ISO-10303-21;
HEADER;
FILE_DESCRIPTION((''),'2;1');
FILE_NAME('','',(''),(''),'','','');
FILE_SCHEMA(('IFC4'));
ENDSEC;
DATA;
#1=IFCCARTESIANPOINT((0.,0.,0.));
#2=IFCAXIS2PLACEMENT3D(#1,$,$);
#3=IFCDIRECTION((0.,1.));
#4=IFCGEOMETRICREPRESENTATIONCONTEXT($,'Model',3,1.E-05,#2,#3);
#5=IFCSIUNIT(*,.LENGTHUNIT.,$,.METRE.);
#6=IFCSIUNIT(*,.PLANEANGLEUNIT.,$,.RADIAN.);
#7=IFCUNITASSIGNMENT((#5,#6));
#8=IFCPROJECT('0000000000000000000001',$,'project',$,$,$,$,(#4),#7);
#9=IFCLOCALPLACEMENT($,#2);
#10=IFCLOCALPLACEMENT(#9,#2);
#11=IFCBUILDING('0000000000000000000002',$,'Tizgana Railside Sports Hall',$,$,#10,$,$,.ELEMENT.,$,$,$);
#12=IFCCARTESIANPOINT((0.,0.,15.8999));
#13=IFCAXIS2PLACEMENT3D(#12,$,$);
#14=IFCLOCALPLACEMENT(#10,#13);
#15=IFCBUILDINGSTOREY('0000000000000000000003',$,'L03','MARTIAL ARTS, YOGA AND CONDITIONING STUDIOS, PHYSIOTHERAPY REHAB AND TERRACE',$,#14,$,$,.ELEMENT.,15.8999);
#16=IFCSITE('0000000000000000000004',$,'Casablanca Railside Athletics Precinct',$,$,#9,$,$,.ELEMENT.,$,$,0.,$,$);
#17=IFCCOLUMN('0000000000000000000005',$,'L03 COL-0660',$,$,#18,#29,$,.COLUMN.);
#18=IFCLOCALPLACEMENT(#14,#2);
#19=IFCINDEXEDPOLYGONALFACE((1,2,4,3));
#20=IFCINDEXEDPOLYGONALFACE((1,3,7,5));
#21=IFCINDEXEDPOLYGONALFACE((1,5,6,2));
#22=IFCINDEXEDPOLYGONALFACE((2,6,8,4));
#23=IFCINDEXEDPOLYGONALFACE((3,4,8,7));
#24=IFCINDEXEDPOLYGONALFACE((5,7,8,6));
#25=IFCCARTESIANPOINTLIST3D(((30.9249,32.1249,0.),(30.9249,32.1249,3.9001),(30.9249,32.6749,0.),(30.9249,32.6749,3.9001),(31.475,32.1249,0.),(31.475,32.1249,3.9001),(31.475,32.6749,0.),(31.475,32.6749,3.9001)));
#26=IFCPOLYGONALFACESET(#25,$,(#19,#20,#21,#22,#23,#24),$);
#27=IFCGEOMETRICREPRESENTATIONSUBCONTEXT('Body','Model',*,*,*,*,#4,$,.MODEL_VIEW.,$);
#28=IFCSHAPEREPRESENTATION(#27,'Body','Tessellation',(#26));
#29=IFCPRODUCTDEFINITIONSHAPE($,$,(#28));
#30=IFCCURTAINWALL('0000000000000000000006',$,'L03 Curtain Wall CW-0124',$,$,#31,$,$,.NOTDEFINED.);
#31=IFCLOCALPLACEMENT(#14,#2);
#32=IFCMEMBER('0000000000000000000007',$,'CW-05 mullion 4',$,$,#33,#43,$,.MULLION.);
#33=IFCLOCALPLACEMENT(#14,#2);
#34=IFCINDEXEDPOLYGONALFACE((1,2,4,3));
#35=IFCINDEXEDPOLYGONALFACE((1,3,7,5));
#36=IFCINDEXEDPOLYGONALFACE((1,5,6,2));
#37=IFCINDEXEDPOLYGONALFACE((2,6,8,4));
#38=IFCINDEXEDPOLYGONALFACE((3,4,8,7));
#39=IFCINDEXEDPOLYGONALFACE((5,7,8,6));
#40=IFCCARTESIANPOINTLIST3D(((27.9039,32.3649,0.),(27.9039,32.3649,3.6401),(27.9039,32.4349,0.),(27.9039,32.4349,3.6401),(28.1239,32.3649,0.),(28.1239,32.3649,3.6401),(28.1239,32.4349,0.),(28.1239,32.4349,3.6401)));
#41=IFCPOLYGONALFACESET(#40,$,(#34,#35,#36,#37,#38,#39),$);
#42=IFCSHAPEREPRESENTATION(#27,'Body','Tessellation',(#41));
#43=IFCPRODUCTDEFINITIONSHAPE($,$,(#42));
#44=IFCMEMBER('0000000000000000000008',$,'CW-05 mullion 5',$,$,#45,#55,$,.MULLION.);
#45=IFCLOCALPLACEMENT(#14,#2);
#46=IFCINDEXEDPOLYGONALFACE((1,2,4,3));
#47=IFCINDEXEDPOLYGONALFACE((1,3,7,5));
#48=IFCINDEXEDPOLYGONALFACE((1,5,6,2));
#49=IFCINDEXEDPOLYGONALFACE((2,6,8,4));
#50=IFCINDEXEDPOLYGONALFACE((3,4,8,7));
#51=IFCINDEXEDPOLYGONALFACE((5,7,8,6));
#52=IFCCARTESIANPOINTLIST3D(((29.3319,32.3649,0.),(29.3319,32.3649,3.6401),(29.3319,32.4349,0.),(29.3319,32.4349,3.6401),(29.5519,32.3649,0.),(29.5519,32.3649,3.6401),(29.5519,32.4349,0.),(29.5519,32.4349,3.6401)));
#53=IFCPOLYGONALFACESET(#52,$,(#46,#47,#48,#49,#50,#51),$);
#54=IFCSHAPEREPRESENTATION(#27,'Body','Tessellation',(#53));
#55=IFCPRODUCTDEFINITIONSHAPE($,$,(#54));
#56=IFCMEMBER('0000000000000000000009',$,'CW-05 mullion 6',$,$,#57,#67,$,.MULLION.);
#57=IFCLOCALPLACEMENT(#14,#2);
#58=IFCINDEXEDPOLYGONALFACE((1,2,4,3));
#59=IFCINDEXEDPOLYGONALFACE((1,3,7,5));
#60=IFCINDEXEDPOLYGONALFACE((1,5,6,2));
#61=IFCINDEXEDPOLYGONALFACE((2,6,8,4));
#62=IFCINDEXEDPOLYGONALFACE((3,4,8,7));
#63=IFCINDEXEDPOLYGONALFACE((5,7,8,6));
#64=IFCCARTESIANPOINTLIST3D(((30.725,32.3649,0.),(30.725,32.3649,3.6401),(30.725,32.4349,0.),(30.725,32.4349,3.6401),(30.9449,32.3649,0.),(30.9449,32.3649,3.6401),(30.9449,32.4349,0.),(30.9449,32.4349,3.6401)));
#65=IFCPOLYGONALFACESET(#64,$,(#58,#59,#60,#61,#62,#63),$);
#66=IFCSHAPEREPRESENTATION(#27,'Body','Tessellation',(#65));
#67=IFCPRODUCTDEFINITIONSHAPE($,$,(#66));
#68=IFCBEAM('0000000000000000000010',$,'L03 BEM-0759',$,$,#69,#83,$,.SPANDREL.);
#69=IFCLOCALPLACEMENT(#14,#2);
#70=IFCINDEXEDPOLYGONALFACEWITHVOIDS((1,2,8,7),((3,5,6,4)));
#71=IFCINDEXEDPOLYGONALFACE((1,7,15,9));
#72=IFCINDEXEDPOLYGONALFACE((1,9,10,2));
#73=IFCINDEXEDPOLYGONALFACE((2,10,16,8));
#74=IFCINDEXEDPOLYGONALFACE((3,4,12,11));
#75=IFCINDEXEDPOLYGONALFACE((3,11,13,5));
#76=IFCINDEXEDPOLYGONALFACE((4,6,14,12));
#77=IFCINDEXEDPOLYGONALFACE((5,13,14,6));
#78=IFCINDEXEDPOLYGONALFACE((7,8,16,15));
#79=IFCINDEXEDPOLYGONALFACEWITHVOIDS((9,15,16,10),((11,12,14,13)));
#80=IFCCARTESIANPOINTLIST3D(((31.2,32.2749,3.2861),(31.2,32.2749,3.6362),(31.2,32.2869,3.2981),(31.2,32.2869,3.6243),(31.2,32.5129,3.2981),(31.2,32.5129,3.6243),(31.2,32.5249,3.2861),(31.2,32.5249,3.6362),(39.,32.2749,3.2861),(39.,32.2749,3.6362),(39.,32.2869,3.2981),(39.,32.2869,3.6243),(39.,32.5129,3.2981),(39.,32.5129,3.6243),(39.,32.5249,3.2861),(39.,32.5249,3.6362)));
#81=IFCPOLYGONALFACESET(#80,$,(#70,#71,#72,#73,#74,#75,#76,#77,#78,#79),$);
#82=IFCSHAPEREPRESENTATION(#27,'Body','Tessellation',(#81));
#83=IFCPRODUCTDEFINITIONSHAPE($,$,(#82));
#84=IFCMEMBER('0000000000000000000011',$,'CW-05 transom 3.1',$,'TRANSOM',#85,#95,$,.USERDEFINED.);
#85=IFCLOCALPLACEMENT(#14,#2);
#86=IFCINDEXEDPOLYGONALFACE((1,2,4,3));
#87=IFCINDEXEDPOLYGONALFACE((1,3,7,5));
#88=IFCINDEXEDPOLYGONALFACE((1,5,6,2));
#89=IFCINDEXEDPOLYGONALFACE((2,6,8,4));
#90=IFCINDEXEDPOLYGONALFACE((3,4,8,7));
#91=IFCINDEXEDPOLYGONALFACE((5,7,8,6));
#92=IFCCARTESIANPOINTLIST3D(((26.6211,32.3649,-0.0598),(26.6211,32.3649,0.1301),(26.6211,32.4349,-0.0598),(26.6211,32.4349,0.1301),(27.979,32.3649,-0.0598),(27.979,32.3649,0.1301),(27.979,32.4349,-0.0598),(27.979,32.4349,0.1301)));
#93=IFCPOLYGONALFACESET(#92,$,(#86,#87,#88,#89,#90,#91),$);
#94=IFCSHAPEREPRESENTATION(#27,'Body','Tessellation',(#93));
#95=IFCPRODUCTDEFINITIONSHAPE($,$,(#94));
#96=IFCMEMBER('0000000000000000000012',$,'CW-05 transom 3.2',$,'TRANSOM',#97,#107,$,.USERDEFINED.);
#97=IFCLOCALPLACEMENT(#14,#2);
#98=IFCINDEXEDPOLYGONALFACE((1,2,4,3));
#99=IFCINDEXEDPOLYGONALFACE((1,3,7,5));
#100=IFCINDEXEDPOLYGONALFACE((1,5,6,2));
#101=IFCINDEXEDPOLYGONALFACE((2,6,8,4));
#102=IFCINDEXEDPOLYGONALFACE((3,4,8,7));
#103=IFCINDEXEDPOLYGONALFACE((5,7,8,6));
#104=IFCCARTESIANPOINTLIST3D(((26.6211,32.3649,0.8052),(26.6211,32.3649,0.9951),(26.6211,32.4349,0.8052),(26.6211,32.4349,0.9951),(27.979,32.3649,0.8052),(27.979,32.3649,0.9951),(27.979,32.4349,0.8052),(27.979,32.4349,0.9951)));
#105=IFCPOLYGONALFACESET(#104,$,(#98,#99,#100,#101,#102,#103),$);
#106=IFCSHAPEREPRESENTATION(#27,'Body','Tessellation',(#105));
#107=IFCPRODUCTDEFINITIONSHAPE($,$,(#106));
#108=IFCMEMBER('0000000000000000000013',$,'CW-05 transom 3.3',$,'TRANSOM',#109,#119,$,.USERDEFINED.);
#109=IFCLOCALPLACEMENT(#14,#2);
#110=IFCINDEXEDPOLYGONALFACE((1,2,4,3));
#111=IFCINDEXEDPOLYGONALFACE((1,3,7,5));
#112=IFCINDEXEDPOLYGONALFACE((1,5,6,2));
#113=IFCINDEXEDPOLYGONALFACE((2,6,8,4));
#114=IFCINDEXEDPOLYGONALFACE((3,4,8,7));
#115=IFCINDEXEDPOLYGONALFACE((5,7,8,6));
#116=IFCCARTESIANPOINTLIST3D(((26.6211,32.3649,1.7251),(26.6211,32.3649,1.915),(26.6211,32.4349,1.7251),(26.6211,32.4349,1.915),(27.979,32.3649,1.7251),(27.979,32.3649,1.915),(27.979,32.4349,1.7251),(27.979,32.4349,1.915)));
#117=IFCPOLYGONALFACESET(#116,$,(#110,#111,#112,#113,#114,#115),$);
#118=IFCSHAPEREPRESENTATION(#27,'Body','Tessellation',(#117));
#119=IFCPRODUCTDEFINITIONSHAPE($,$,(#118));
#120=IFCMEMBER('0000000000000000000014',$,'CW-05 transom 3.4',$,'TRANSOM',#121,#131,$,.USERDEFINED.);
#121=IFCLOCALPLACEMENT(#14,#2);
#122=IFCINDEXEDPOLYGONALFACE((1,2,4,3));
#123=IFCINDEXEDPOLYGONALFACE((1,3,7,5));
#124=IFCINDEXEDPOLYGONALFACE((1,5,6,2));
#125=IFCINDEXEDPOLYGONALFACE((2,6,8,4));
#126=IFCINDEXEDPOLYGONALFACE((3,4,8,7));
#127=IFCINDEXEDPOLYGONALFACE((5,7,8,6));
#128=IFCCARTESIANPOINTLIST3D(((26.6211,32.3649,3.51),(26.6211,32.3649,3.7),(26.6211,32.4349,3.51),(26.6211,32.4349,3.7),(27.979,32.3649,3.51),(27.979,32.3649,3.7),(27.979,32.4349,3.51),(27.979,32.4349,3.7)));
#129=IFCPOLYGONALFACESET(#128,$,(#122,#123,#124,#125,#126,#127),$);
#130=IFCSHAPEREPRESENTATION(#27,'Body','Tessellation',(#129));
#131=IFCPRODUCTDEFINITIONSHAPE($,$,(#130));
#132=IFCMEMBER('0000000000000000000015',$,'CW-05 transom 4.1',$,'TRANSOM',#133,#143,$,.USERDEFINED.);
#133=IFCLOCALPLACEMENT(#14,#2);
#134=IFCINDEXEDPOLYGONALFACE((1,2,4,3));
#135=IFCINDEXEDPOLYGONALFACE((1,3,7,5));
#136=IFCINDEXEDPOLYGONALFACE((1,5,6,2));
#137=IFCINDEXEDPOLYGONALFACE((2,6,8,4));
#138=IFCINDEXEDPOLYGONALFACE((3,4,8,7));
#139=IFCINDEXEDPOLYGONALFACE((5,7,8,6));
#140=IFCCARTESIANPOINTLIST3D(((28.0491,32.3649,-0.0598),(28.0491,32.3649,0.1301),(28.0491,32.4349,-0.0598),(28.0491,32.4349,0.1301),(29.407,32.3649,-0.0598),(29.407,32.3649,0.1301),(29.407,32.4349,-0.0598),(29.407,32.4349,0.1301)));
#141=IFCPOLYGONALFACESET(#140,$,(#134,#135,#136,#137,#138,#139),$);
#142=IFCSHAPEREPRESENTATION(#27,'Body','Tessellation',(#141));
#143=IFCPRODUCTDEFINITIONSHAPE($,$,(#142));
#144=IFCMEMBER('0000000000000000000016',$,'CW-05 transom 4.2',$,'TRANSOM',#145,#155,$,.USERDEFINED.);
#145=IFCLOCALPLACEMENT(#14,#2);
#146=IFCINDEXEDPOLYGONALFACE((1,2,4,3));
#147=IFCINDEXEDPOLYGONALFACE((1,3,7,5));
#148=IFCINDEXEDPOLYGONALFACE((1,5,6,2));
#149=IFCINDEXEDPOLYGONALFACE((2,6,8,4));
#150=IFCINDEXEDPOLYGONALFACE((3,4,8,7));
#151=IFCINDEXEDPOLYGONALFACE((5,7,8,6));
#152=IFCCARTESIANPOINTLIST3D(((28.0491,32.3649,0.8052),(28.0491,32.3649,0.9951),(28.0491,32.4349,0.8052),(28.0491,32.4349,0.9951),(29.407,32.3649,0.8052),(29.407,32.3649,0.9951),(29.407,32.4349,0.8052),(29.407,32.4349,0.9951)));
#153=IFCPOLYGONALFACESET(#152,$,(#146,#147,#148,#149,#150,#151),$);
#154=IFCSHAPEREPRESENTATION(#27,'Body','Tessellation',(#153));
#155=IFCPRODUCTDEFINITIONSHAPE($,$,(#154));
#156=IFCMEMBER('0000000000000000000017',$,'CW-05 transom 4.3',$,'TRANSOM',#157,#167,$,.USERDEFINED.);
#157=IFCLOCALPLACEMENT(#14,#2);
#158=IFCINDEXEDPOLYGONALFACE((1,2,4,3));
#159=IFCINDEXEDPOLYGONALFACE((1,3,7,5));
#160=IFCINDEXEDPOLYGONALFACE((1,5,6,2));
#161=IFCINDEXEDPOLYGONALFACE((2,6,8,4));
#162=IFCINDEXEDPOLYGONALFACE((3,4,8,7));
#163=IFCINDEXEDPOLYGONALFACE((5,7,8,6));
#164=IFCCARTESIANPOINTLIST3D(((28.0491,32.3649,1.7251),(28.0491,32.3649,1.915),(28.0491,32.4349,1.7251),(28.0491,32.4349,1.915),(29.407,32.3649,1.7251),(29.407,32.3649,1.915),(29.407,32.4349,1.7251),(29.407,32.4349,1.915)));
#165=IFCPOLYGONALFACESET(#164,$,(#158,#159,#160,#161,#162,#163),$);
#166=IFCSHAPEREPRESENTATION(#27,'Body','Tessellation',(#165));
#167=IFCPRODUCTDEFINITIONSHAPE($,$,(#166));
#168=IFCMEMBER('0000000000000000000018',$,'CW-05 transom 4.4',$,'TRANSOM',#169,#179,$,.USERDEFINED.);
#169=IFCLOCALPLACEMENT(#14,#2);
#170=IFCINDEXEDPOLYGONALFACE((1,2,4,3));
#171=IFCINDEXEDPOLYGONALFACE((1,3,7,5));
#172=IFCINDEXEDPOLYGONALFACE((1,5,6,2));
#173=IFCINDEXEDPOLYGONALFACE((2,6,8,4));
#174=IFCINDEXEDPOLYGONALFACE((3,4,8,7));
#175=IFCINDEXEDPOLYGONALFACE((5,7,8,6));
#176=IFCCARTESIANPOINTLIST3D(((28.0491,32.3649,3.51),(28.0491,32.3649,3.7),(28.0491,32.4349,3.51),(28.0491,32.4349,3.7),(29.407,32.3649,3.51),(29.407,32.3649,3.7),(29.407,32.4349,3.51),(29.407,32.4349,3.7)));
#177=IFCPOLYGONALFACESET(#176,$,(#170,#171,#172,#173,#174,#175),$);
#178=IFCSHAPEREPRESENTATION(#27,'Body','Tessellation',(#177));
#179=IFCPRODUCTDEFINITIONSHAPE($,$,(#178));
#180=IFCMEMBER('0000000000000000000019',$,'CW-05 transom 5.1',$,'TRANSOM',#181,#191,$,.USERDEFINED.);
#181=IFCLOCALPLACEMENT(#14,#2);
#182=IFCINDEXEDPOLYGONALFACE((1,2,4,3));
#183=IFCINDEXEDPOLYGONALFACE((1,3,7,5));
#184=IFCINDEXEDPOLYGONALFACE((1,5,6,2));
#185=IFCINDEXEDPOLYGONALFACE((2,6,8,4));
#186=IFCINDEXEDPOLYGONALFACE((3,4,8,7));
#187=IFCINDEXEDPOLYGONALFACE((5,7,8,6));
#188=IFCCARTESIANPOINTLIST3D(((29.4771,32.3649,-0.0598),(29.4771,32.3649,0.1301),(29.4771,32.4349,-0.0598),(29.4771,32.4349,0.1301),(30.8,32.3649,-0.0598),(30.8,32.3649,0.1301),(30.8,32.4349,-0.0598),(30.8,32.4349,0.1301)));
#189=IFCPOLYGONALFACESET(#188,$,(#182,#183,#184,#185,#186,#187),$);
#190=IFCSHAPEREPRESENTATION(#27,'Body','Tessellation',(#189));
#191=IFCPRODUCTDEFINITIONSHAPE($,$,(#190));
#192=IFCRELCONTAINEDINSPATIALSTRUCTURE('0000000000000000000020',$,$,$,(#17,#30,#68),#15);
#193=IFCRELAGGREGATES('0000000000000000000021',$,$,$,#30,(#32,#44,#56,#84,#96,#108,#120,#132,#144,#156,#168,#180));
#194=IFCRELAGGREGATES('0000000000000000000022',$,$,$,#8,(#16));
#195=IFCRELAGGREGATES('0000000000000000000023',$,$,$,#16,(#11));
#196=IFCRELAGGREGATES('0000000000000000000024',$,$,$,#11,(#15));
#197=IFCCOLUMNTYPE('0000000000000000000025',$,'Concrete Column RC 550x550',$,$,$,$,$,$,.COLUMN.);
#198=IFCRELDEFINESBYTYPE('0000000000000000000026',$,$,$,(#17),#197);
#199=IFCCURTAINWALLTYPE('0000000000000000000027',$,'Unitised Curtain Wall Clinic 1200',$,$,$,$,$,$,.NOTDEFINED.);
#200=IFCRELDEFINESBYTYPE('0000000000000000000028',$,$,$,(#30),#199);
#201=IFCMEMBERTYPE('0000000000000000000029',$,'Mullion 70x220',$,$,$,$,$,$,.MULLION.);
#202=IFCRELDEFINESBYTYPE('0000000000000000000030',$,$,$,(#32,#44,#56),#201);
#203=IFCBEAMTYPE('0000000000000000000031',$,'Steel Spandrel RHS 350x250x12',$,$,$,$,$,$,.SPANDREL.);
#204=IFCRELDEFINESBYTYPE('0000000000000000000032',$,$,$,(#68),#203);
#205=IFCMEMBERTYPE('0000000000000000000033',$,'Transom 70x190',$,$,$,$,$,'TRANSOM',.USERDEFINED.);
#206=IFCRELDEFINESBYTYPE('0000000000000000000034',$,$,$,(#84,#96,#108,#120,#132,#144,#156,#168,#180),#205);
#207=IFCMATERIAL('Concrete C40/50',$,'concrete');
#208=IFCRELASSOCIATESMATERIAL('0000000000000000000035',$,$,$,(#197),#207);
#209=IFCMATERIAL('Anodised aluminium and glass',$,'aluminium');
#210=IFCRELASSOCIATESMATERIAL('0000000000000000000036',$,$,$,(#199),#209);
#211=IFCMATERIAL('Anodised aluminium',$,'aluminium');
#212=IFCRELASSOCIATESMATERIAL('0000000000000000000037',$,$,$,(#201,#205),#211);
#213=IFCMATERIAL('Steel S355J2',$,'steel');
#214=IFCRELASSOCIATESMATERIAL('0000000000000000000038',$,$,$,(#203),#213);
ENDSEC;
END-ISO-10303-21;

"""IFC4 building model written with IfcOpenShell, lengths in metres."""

from ifc_helpers import new_model, si_unit, direction, frame, origin, origin_2d, place, context, subcontext, project, spatial, rectangle, hollow_rectangle, extrude, material, material_profile, profile_set, type_object, element, aggregate, save


model = new_model("IFC4")

# Units and contexts
model_context = context("Model", 3, precision=1e-05, world=origin(), true_north=direction((0.0, 1.0)))
body_context = subcontext(model_context, "Body", "Model", "MODEL_VIEW")
ifc_project = project(units=[si_unit("LENGTHUNIT", "METRE"), si_unit("PLANEANGLEUNIT", "RADIAN")], contexts=[model_context])

# Site, building, storey
site_placement = place(None, origin())
site = spatial("IfcSite", under=ifc_project, at=site_placement, Name="Casablanca Railside Athletics Precinct", CompositionType="ELEMENT", RefElevation=0.0)
building_placement = place(site_placement, origin())
building = spatial("IfcBuilding", under=site, at=building_placement, Name="Tizgana Railside Sports Hall", CompositionType="ELEMENT")
storey_placement = place(building_placement, frame((0.0, 0.0, 15.8999)))
storey = spatial("IfcBuildingStorey", under=building, at=storey_placement, Name="L03", Description="MARTIAL ARTS, YOGA AND CONDITIONING STUDIOS, PHYSIOTHERAPY REHAB AND TERRACE", CompositionType="ELEMENT", Elevation=15.8999)

# Column
ifc_material_1 = material(Name="Concrete C40/50", Category="concrete")
ifc_material_profile_1 = material_profile(ifc_material_1, rectangle(XDim=0.55, YDim=0.55, at=origin_2d()), Name="RC 550x550")
ifc_profile_set_1 = profile_set([ifc_material_profile_1], Name="Concrete C40/50")
column_type = type_object("IfcColumnType", Name="Concrete Column RC 550x550", PredefinedType="COLUMN", material=ifc_profile_set_1)
column_placement = place(storey_placement, frame((31.2, 32.3999, 0.0), z_axis=(0.0, 0.0, 1.0), x_axis=(1.0, 0.0, 0.0)))
element("IfcColumn", 1, at=column_placement, inside=storey, type_object=column_type, Name="L03 COL-0660", PredefinedType="COLUMN", context=body_context, shape_type="SweptSolid", body=[
    extrude(rectangle(XDim=0.55, YDim=0.55, at=origin_2d()), origin(), (0.0, 0.0, 1.0), 3.9001),
])

# Curtain wall, members
ifc_material_2 = material(Name="Anodised aluminium and glass", Category="aluminium")
curtain_wall_type = type_object("IfcCurtainWallType", Name="Unitised Curtain Wall Clinic 1200", PredefinedType="NOTDEFINED", material=ifc_material_2)
curtain_wall_placement = place(storey_placement, origin())
curtain_wall = element("IfcCurtainWall", 2, at=curtain_wall_placement, inside=storey, type_object=curtain_wall_type, Name="L03 Curtain Wall CW-0124", PredefinedType="NOTDEFINED")
ifc_material_3 = material(Name="Anodised aluminium", Category="aluminium")
ifc_material_profile_2 = material_profile(ifc_material_3, rectangle(XDim=0.0701, YDim=0.22, at=origin_2d()), Name="Mullion 70x220")
ifc_profile_set_2 = profile_set([ifc_material_profile_2], Name="Anodised aluminium")
member_type_1 = type_object("IfcMemberType", Name="Mullion 70x220", PredefinedType="MULLION", material=ifc_profile_set_2)
member_1_placement = place(storey_placement, frame((28.0139, 32.3999, 0.0), z_axis=(0.0, 0.0, 1.0), x_axis=(0.0, 1.0, 0.0)))
member_1 = element("IfcMember", 3, at=member_1_placement, type_object=member_type_1, Name="CW-05 mullion 4", PredefinedType="MULLION", context=body_context, shape_type="SweptSolid", body=[
    extrude(rectangle(XDim=0.0701, YDim=0.22, at=origin_2d()), origin(), (0.0, 0.0, 1.0), 3.6401),
])
member_2_placement = place(storey_placement, frame((29.4419, 32.3999, 0.0), z_axis=(0.0, 0.0, 1.0), x_axis=(0.0, 1.0, 0.0)))
member_2 = element("IfcMember", 4, at=member_2_placement, type_object=member_type_1, Name="CW-05 mullion 5", PredefinedType="MULLION", context=body_context, shape_type="SweptSolid", body=[
    extrude(rectangle(XDim=0.0701, YDim=0.22, at=origin_2d()), origin(), (0.0, 0.0, 1.0), 3.6401),
])
member_3_placement = place(storey_placement, frame((30.835, 32.3999, 0.0), z_axis=(0.0, 0.0, 1.0), x_axis=(0.0, 1.0, 0.0)))
member_3 = element("IfcMember", 5, at=member_3_placement, type_object=member_type_1, Name="CW-05 mullion 6", PredefinedType="MULLION", context=body_context, shape_type="SweptSolid", body=[
    extrude(rectangle(XDim=0.0701, YDim=0.22, at=origin_2d()), origin(), (0.0, 0.0, 1.0), 3.6401),
])

# Beam
ifc_material_4 = material(Name="Steel S355J2", Category="steel")
ifc_material_profile_3 = material_profile(ifc_material_4, hollow_rectangle(XDim=0.25, YDim=0.3501, WallThickness=0.012, at=origin_2d()), Name="RHS 350x250x12")
ifc_profile_set_3 = profile_set([ifc_material_profile_3], Name="Steel S355J2")
beam_type = type_object("IfcBeamType", Name="Steel Spandrel RHS 350x250x12", PredefinedType="SPANDREL", material=ifc_profile_set_3)
beam_placement = place(storey_placement, frame((31.2, 32.3999, 3.4612), z_axis=(1.0, 0.0, 0.0), x_axis=(0.0, 1.0, 0.0)))
element("IfcBeam", 6, at=beam_placement, inside=storey, type_object=beam_type, Name="L03 BEM-0759", PredefinedType="SPANDREL", context=body_context, shape_type="SweptSolid", body=[
    extrude(hollow_rectangle(XDim=0.25, YDim=0.3501, WallThickness=0.012, at=origin_2d()), origin(), (0.0, 0.0, 1.0), 7.8),
])

# Members
ifc_material_profile_4 = material_profile(ifc_material_3, rectangle(XDim=0.0701, YDim=0.1899, at=origin_2d()), Name="Transom 70x190")
ifc_profile_set_4 = profile_set([ifc_material_profile_4], Name="Anodised aluminium")
member_type_2 = type_object("IfcMemberType", Name="Transom 70x190", ElementType="TRANSOM", PredefinedType="USERDEFINED", material=ifc_profile_set_4)
member_4_placement = place(storey_placement, frame((26.6211, 32.3999, 0.0352), z_axis=(1.0, 0.0, 0.0), x_axis=(0.0, 1.0, 0.0)))
member_4 = element("IfcMember", 7, at=member_4_placement, type_object=member_type_2, Name="CW-05 transom 3.1", ObjectType="TRANSOM", PredefinedType="USERDEFINED", context=body_context, shape_type="SweptSolid", body=[
    extrude(rectangle(XDim=0.0701, YDim=0.1899, at=origin_2d()), origin(), (0.0, 0.0, 1.0), 1.3579),
])
member_5_placement = place(storey_placement, frame((26.6211, 32.3999, 0.9001), z_axis=(1.0, 0.0, 0.0), x_axis=(0.0, 1.0, 0.0)))
member_5 = element("IfcMember", 8, at=member_5_placement, type_object=member_type_2, Name="CW-05 transom 3.2", ObjectType="TRANSOM", PredefinedType="USERDEFINED", context=body_context, shape_type="SweptSolid", body=[
    extrude(rectangle(XDim=0.0701, YDim=0.1899, at=origin_2d()), origin(), (0.0, 0.0, 1.0), 1.3579),
])
member_6_placement = place(storey_placement, frame((26.6211, 32.3999, 1.8201), z_axis=(1.0, 0.0, 0.0), x_axis=(0.0, 1.0, 0.0)))
member_6 = element("IfcMember", 9, at=member_6_placement, type_object=member_type_2, Name="CW-05 transom 3.3", ObjectType="TRANSOM", PredefinedType="USERDEFINED", context=body_context, shape_type="SweptSolid", body=[
    extrude(rectangle(XDim=0.0701, YDim=0.1899, at=origin_2d()), origin(), (0.0, 0.0, 1.0), 1.3579),
])
member_7_placement = place(storey_placement, frame((26.6211, 32.3999, 3.605), z_axis=(1.0, 0.0, 0.0), x_axis=(0.0, 1.0, 0.0)))
member_7 = element("IfcMember", 10, at=member_7_placement, type_object=member_type_2, Name="CW-05 transom 3.4", ObjectType="TRANSOM", PredefinedType="USERDEFINED", context=body_context, shape_type="SweptSolid", body=[
    extrude(rectangle(XDim=0.0701, YDim=0.1899, at=origin_2d()), origin(), (0.0, 0.0, 1.0), 1.3579),
])
member_8_placement = place(storey_placement, frame((28.0491, 32.3999, 0.0352), z_axis=(1.0, 0.0, 0.0), x_axis=(0.0, 1.0, 0.0)))
member_8 = element("IfcMember", 11, at=member_8_placement, type_object=member_type_2, Name="CW-05 transom 4.1", ObjectType="TRANSOM", PredefinedType="USERDEFINED", context=body_context, shape_type="SweptSolid", body=[
    extrude(rectangle(XDim=0.0701, YDim=0.1899, at=origin_2d()), origin(), (0.0, 0.0, 1.0), 1.3579),
])
member_9_placement = place(storey_placement, frame((28.0491, 32.3999, 0.9001), z_axis=(1.0, 0.0, 0.0), x_axis=(0.0, 1.0, 0.0)))
member_9 = element("IfcMember", 12, at=member_9_placement, type_object=member_type_2, Name="CW-05 transom 4.2", ObjectType="TRANSOM", PredefinedType="USERDEFINED", context=body_context, shape_type="SweptSolid", body=[
    extrude(rectangle(XDim=0.0701, YDim=0.1899, at=origin_2d()), origin(), (0.0, 0.0, 1.0), 1.3579),
])
member_10_placement = place(storey_placement, frame((28.0491, 32.3999, 1.8201), z_axis=(1.0, 0.0, 0.0), x_axis=(0.0, 1.0, 0.0)))
member_10 = element("IfcMember", 13, at=member_10_placement, type_object=member_type_2, Name="CW-05 transom 4.3", ObjectType="TRANSOM", PredefinedType="USERDEFINED", context=body_context, shape_type="SweptSolid", body=[
    extrude(rectangle(XDim=0.0701, YDim=0.1899, at=origin_2d()), origin(), (0.0, 0.0, 1.0), 1.3579),
])
member_11_placement = place(storey_placement, frame((28.0491, 32.3999, 3.605), z_axis=(1.0, 0.0, 0.0), x_axis=(0.0, 1.0, 0.0)))
member_11 = element("IfcMember", 14, at=member_11_placement, type_object=member_type_2, Name="CW-05 transom 4.4", ObjectType="TRANSOM", PredefinedType="USERDEFINED", context=body_context, shape_type="SweptSolid", body=[
    extrude(rectangle(XDim=0.0701, YDim=0.1899, at=origin_2d()), origin(), (0.0, 0.0, 1.0), 1.3579),
])
member_12_placement = place(storey_placement, frame((29.4771, 32.3999, 0.0352), z_axis=(1.0, 0.0, 0.0), x_axis=(0.0, 1.0, 0.0)))
member_12 = element("IfcMember", 15, at=member_12_placement, type_object=member_type_2, Name="CW-05 transom 5.1", ObjectType="TRANSOM", PredefinedType="USERDEFINED", context=body_context, shape_type="SweptSolid", body=[
    extrude(rectangle(XDim=0.0701, YDim=0.1899, at=origin_2d()), origin(), (0.0, 0.0, 1.0), 1.323),
])

aggregate(curtain_wall, [member_1, member_2, member_3, member_4, member_5, member_6, member_7, member_8, member_9, member_10, member_11, member_12])

save(model, "model.ifc")
